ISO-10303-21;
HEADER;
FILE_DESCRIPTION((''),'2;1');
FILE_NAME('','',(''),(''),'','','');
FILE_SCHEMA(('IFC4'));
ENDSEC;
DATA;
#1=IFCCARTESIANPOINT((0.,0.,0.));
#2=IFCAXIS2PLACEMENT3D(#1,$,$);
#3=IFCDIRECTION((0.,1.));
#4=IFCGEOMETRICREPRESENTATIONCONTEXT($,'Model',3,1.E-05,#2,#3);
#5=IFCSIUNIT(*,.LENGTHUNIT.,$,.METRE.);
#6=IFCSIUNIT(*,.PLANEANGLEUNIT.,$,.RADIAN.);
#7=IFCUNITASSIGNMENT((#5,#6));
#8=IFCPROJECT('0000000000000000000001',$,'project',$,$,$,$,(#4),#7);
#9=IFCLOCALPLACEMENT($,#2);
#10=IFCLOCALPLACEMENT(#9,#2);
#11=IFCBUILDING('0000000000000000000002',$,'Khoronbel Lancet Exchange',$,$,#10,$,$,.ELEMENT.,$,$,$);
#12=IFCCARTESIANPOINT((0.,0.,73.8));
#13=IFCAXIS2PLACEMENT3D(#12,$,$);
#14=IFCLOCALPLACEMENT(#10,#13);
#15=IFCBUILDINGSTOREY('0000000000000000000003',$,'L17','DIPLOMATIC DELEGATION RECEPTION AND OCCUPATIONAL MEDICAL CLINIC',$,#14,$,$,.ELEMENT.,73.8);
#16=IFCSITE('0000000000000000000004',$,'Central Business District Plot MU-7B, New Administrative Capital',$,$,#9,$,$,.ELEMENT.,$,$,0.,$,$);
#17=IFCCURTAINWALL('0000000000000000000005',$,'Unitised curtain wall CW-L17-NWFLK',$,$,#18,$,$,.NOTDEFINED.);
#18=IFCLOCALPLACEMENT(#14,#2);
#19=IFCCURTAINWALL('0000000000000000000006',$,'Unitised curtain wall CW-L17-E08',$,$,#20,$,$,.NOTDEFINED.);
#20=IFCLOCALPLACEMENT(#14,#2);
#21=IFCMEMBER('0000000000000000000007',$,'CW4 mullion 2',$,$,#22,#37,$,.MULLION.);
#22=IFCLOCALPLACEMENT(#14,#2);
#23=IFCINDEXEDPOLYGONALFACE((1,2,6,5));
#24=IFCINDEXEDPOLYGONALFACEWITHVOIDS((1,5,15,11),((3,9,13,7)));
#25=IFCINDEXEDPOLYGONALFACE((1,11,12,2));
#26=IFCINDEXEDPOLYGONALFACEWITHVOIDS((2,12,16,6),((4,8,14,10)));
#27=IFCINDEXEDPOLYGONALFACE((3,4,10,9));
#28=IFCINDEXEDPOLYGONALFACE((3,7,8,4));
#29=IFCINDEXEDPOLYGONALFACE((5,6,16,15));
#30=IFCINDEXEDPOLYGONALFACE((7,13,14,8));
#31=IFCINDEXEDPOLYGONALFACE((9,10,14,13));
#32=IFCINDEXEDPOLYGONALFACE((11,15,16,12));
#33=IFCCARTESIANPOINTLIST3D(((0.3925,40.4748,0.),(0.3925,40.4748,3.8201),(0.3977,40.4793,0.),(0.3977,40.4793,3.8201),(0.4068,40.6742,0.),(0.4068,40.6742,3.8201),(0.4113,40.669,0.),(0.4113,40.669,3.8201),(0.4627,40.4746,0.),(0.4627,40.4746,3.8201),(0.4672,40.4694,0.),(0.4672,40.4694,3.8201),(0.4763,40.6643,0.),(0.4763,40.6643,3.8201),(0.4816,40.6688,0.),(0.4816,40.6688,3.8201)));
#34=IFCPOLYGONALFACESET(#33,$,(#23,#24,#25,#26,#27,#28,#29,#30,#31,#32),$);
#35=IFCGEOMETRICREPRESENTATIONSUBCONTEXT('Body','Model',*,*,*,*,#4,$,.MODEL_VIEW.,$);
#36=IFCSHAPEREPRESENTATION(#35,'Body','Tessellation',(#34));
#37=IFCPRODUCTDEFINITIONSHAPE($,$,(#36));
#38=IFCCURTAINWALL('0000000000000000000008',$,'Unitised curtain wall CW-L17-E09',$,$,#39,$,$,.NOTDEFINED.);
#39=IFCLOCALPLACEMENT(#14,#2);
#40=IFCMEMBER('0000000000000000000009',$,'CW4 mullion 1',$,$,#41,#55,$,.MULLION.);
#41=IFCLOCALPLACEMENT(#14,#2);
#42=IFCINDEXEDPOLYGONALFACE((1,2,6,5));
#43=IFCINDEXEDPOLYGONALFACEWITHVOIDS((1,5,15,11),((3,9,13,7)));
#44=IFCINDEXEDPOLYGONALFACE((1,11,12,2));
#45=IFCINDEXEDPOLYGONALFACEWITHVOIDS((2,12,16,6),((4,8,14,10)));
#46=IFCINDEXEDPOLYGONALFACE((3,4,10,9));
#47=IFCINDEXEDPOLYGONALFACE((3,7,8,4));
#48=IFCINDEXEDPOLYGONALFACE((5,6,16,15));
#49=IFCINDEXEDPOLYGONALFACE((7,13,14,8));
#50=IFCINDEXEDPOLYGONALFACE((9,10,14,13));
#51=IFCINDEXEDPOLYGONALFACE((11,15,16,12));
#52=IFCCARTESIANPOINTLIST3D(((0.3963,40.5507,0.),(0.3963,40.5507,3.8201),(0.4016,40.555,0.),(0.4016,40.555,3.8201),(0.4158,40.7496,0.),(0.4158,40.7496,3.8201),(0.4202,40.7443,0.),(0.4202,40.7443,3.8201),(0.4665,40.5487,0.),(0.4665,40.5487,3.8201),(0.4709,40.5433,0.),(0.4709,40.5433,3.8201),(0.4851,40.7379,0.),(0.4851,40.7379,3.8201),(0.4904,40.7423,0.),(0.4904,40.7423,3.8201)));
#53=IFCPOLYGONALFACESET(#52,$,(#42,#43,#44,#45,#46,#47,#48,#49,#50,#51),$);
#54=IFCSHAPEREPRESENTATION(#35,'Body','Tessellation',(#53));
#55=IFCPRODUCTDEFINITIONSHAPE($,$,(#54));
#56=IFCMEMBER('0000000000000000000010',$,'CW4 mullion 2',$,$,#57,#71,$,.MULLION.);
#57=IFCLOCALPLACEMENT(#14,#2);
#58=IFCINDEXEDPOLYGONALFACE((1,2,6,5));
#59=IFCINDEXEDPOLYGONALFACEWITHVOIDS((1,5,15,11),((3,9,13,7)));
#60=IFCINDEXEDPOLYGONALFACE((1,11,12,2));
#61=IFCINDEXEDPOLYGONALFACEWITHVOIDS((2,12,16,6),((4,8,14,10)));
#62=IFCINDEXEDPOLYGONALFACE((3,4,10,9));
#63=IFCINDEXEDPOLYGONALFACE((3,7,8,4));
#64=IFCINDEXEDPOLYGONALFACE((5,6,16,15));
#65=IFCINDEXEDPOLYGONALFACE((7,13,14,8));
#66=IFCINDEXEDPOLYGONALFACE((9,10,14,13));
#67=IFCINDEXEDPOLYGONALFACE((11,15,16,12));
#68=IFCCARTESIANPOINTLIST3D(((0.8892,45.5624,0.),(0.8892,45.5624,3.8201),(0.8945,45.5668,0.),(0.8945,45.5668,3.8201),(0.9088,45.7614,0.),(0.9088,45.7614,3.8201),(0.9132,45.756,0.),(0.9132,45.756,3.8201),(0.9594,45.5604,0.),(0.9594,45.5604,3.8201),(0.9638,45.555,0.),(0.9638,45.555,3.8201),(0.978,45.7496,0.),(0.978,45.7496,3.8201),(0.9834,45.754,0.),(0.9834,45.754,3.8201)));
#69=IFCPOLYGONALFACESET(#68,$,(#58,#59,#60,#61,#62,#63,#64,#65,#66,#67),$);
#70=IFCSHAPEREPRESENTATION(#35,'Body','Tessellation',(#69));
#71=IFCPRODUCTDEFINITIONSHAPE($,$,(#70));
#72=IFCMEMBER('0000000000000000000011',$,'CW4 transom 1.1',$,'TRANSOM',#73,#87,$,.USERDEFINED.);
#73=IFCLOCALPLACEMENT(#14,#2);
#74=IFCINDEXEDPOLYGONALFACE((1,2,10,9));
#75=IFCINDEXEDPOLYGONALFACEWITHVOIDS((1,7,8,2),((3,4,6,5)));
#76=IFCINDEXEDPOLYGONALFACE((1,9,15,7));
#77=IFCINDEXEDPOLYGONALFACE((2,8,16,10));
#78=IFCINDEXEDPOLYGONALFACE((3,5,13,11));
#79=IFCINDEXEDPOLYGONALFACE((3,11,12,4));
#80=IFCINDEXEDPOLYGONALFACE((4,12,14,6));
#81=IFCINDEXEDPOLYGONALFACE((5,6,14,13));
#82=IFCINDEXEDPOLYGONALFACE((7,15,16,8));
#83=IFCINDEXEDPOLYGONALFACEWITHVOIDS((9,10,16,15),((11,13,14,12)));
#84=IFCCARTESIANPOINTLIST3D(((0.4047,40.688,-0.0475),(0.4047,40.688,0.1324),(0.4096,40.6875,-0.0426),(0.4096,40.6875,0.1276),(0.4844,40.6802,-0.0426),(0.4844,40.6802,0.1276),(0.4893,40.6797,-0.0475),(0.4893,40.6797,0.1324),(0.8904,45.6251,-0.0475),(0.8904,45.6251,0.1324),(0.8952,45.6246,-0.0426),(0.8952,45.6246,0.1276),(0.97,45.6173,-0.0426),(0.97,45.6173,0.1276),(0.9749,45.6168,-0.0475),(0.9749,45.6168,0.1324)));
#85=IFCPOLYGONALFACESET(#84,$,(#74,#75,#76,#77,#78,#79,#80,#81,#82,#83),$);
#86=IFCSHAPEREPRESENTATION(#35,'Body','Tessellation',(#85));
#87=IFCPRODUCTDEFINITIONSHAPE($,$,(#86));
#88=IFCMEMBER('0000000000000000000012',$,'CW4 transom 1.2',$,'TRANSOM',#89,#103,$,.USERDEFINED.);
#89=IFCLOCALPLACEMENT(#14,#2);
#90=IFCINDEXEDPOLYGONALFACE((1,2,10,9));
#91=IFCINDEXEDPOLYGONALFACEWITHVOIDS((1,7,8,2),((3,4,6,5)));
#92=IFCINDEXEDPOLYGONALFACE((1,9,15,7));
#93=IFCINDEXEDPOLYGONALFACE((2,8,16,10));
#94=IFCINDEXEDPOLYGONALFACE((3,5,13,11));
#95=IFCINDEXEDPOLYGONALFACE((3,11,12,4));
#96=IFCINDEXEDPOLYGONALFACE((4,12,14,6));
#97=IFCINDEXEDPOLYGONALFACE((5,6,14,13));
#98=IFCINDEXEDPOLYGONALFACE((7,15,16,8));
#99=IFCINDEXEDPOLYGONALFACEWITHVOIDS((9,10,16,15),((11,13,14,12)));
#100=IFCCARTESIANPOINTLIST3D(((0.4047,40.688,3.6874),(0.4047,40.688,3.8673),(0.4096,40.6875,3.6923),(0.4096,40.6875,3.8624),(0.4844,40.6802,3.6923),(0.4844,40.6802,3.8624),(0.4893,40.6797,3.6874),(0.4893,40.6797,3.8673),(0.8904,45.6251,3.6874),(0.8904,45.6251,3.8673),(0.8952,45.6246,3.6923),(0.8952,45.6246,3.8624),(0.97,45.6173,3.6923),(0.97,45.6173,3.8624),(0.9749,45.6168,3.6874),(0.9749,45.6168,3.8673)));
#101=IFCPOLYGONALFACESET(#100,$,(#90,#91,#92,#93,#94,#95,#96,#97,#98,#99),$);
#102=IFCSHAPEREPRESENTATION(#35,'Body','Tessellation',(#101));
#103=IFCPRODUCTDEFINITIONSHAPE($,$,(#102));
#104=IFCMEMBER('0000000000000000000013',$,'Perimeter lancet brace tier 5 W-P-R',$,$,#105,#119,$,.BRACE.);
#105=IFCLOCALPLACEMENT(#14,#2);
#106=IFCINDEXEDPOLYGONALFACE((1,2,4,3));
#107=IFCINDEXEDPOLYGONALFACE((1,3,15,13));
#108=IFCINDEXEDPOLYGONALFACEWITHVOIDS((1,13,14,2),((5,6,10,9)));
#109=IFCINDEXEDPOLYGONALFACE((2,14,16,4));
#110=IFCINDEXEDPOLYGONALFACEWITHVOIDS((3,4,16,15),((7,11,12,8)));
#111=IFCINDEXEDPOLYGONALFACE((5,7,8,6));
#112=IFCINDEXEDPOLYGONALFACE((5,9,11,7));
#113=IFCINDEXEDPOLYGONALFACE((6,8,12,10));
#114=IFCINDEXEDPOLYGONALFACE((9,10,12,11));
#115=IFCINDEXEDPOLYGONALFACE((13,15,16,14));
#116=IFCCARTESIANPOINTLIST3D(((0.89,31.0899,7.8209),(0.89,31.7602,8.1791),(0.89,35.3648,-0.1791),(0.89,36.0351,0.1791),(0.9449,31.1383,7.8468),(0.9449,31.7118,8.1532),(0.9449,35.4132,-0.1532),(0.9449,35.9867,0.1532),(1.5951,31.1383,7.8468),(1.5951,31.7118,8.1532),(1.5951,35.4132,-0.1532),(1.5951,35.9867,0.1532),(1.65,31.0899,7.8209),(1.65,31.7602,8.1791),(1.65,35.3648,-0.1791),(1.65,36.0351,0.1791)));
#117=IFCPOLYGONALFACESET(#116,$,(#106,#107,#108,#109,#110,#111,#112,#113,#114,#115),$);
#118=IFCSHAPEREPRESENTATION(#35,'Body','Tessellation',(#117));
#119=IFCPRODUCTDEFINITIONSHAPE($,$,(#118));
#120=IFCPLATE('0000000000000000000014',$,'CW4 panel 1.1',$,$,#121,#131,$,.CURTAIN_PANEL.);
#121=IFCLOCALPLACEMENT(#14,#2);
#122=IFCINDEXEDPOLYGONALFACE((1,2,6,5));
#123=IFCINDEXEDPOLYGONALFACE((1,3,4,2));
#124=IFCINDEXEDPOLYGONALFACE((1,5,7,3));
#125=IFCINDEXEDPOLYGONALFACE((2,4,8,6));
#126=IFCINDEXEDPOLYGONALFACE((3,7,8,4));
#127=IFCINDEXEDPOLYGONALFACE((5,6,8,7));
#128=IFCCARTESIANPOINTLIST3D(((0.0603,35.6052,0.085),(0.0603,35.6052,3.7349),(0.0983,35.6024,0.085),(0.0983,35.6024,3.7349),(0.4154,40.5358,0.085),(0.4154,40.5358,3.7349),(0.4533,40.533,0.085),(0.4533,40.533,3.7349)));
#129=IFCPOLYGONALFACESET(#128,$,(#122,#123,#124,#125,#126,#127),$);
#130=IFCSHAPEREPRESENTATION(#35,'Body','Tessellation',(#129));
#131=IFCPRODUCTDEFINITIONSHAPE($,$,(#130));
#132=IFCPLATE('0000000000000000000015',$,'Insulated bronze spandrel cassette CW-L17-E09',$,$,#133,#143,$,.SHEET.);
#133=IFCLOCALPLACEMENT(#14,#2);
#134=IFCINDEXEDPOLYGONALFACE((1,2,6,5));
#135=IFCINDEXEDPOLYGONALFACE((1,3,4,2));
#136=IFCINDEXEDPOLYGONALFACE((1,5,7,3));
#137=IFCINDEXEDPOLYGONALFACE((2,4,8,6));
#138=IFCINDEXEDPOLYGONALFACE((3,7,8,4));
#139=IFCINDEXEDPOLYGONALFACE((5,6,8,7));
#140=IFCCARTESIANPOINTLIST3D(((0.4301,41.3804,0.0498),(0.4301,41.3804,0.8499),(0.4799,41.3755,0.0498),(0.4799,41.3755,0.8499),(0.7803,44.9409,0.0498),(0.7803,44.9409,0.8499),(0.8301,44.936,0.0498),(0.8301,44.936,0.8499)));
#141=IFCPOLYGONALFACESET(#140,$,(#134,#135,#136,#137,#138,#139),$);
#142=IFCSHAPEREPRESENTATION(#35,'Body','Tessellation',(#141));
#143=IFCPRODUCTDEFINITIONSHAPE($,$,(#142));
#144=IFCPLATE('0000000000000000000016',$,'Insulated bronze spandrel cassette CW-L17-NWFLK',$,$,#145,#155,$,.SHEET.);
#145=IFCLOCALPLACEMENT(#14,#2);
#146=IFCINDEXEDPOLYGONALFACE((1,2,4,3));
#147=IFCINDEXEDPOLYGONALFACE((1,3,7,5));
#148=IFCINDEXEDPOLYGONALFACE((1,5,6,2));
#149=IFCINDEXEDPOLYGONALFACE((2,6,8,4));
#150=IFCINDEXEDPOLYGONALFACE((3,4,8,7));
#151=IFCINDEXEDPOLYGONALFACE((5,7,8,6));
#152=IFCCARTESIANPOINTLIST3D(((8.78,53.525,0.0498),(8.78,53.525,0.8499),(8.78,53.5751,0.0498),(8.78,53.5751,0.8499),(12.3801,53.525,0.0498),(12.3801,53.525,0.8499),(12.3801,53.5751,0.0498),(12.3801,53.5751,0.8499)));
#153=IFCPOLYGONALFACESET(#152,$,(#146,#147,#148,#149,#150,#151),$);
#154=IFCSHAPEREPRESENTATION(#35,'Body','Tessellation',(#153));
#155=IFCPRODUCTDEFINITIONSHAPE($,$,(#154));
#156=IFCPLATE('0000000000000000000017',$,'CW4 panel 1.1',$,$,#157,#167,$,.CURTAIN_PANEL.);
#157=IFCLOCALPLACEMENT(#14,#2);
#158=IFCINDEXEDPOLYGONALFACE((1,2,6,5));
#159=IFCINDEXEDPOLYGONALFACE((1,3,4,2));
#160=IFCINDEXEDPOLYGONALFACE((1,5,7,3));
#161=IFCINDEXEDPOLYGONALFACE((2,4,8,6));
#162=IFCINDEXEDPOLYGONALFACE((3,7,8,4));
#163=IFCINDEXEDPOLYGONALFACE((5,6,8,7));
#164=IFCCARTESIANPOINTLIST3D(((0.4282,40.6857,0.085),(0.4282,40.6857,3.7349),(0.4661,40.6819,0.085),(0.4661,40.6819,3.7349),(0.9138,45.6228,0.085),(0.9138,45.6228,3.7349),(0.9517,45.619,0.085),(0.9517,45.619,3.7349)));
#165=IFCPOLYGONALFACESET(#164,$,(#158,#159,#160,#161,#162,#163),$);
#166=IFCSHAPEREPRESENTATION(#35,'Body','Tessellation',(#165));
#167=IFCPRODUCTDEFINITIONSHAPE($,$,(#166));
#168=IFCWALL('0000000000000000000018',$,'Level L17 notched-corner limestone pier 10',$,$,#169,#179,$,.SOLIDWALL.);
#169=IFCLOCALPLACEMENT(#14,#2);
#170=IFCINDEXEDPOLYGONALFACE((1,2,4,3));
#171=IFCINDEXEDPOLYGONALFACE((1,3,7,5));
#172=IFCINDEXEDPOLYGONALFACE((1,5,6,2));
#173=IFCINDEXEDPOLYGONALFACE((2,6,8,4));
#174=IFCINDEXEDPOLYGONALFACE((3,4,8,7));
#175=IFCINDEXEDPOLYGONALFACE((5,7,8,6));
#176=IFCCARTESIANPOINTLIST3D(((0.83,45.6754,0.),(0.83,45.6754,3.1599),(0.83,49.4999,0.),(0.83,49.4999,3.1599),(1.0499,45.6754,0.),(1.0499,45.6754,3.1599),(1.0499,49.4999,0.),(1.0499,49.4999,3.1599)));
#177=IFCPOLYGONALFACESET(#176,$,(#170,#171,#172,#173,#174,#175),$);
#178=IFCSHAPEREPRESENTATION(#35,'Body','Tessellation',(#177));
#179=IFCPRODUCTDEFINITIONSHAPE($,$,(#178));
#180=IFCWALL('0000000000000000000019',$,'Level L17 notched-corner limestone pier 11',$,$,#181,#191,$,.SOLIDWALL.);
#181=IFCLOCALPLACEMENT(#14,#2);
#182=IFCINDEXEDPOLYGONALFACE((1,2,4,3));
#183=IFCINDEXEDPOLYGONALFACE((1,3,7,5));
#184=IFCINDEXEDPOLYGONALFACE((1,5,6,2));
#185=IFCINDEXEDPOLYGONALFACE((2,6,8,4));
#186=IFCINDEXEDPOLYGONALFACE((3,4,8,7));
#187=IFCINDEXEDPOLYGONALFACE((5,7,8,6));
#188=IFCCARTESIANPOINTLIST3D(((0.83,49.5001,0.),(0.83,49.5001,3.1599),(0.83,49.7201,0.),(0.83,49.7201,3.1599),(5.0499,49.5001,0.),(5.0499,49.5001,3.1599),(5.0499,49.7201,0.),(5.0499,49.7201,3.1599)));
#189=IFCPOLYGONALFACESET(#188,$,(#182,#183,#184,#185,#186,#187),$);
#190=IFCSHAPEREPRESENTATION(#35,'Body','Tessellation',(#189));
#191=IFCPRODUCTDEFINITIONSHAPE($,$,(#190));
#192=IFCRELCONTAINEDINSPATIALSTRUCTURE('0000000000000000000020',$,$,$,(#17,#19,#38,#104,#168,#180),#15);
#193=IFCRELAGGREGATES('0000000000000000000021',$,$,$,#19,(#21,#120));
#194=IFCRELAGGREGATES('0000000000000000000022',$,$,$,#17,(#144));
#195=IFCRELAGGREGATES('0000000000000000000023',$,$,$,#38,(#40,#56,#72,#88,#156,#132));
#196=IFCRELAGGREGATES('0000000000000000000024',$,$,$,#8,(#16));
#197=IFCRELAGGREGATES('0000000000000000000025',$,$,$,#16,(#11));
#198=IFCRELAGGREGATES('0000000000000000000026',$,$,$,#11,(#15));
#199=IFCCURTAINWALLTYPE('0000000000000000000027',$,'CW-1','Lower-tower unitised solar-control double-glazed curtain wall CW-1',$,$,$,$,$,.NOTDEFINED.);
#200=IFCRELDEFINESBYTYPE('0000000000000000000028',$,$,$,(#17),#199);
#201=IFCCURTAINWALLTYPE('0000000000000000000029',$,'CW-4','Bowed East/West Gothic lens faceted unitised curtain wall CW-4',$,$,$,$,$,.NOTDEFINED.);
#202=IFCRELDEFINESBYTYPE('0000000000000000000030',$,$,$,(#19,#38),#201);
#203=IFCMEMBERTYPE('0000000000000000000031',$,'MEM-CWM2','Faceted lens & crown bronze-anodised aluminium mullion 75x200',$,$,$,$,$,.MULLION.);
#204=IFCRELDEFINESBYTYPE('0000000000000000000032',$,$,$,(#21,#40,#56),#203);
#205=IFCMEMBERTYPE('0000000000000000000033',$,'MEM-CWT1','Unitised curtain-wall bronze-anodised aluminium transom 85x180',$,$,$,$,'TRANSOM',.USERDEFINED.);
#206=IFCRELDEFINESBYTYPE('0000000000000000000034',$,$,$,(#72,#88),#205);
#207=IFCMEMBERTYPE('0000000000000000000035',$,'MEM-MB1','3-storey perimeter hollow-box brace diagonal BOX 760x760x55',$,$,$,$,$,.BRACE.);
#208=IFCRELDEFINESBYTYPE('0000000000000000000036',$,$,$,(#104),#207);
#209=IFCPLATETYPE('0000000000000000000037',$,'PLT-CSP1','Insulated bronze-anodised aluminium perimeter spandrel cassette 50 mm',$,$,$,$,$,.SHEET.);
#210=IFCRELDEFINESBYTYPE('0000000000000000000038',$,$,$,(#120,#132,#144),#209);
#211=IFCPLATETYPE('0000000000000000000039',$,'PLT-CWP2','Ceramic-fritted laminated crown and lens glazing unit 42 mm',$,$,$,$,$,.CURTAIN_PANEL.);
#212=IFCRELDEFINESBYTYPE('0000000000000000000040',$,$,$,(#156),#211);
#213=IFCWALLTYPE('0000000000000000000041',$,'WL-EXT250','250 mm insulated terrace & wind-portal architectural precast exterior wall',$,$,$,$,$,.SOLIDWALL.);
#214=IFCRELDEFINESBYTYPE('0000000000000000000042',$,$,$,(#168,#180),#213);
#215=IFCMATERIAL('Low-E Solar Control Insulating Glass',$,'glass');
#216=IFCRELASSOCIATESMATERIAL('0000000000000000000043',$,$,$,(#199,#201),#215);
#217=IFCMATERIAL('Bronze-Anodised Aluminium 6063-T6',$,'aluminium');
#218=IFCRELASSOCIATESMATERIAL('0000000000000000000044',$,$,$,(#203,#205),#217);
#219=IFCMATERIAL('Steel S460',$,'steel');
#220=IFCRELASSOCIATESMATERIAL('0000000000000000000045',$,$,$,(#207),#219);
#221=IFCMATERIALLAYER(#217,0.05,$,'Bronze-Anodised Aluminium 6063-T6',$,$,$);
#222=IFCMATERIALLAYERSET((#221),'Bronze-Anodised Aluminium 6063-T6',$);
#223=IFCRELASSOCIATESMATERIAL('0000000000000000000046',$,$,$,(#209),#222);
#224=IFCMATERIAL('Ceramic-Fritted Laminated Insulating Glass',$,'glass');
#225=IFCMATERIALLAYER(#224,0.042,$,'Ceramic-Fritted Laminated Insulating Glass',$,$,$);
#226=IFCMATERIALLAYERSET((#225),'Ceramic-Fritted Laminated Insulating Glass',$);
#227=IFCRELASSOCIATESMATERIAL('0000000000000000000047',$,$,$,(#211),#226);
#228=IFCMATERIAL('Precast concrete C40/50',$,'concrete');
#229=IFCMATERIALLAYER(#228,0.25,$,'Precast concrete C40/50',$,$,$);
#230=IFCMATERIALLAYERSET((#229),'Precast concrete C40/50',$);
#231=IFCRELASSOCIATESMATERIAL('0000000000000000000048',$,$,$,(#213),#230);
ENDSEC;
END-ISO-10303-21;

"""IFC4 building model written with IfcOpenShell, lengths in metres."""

from ifc_helpers import new_model, si_unit, direction, frame, frame_2d, origin, origin_2d, place, context, subcontext, project, spatial, rectangle, hollow_rectangle, extrude, material, layer, layer_set, material_profile, profile_set, type_object, element, aggregate, save


model = new_model("IFC4")

# Units and contexts
model_context = context("Model", 3, precision=1e-05, world=origin(), true_north=direction((0.0, 1.0)))
body_context = subcontext(model_context, "Body", "Model", "MODEL_VIEW")
ifc_project = project(units=[si_unit("LENGTHUNIT", "METRE"), si_unit("PLANEANGLEUNIT", "RADIAN")], contexts=[model_context])

# Site, building, storey
site_placement = place(None, origin())
site = spatial("IfcSite", under=ifc_project, at=site_placement, Name="Central Business District Plot MU-7B, New Administrative Capital", CompositionType="ELEMENT", RefElevation=0.0)
building_placement = place(site_placement, origin())
building = spatial("IfcBuilding", under=site, at=building_placement, Name="Khoronbel Lancet Exchange", CompositionType="ELEMENT")
storey_placement = place(building_placement, frame((0.0, 0.0, 73.8)))
storey = spatial("IfcBuildingStorey", under=building, at=storey_placement, Name="L17", Description="DIPLOMATIC DELEGATION RECEPTION AND OCCUPATIONAL MEDICAL CLINIC", CompositionType="ELEMENT", Elevation=73.8)

# Shared definitions
ifc_material_1 = material(Name="Steel S460", Category="steel")

# Curtain walls, member
ifc_material_2 = material(Name="Low-E Solar Control Insulating Glass", Category="glass")
curtain_wall_type_1 = type_object("IfcCurtainWallType", Name="CW-1", Description="Lower-tower unitised solar-control double-glazed curtain wall CW-1", PredefinedType="NOTDEFINED", material=ifc_material_2)
curtain_wall_1_placement = place(storey_placement, origin())
curtain_wall_1 = element("IfcCurtainWall", 1, at=curtain_wall_1_placement, inside=storey, type_object=curtain_wall_type_1, Name="Unitised curtain wall CW-L17-NWFLK", PredefinedType="NOTDEFINED")
ifc_material_3 = material(Name="Bronze-Anodised Aluminium 6063-T6", Category="aluminium")
curtain_wall_type_2 = type_object("IfcCurtainWallType", Name="CW-4", Description="Bowed East/West Gothic lens faceted unitised curtain wall CW-4", PredefinedType="NOTDEFINED", material=ifc_material_2)
curtain_wall_2_placement = place(storey_placement, origin())
curtain_wall_2 = element("IfcCurtainWall", 2, at=curtain_wall_2_placement, inside=storey, type_object=curtain_wall_type_2, Name="Unitised curtain wall CW-L17-E08", PredefinedType="NOTDEFINED")
ifc_material_profile_1 = material_profile(ifc_material_3, hollow_rectangle(XDim=0.075, YDim=0.2, WallThickness=0.0049, at=origin_2d()), Name="ALU MULLION 75x200")
ifc_profile_set_1 = profile_set([ifc_material_profile_1], Name="Bronze-Anodised Aluminium 6063-T6")
member_type_1 = type_object("IfcMemberType", Name="MEM-CWM2", Description="Faceted lens & crown bronze-anodised aluminium mullion 75x200", PredefinedType="MULLION", material=ifc_profile_set_1)
member_1_placement = place(storey_placement, frame((0.437, 40.5718, 0.0), z_axis=(0.0, 0.0, 1.0), x_axis=(-0.997418, 0.071819, 0.0)))
member_1 = element("IfcMember", 3, at=member_1_placement, type_object=member_type_1, Name="CW4 mullion 2", PredefinedType="MULLION", context=body_context, shape_type="SweptSolid", body=[
    extrude(hollow_rectangle(XDim=0.075, YDim=0.2, WallThickness=0.0049, at=origin_2d()), origin(), (0.0, 0.0, 1.0), 3.8201),
])

# Curtain wall, members
curtain_wall_3_placement = place(storey_placement, origin())
curtain_wall_3 = element("IfcCurtainWall", 4, at=curtain_wall_3_placement, inside=storey, type_object=curtain_wall_type_2, Name="Unitised curtain wall CW-L17-E09", PredefinedType="NOTDEFINED")
member_2_placement = place(storey_placement, frame((0.4434, 40.6465, 0.0), z_axis=(0.0, 0.0, 1.0), x_axis=(-0.995198, 0.097886, 0.0)))
member_2 = element("IfcMember", 5, at=member_2_placement, type_object=member_type_1, Name="CW4 mullion 1", PredefinedType="MULLION", context=body_context, shape_type="SweptSolid", body=[
    extrude(hollow_rectangle(XDim=0.075, YDim=0.2, WallThickness=0.0049, at=origin_2d()), origin(), (0.0, 0.0, 1.0), 3.8201),
])
member_3_placement = place(storey_placement, frame((0.9363, 45.6582, 0.0), z_axis=(0.0, 0.0, 1.0), x_axis=(-0.995198, 0.097886, 0.0)))
member_3 = element("IfcMember", 6, at=member_3_placement, type_object=member_type_1, Name="CW4 mullion 2", PredefinedType="MULLION", context=body_context, shape_type="SweptSolid", body=[
    extrude(hollow_rectangle(XDim=0.075, YDim=0.2, WallThickness=0.0049, at=origin_2d()), origin(), (0.0, 0.0, 1.0), 3.8201),
])
ifc_material_profile_2 = material_profile(ifc_material_3, hollow_rectangle(XDim=0.085, YDim=0.1799, WallThickness=0.0049, at=origin_2d()), Name="ALU TRANSOM 85x180")
ifc_profile_set_2 = profile_set([ifc_material_profile_2], Name="Bronze-Anodised Aluminium 6063-T6")
member_type_2 = type_object("IfcMemberType", Name="MEM-CWT1", Description="Unitised curtain-wall bronze-anodised aluminium transom 85x180", ElementType="TRANSOM", PredefinedType="USERDEFINED", material=ifc_profile_set_2)
member_4_placement = place(storey_placement, frame((0.447, 40.6838, 0.0425), z_axis=(0.097886, 0.995198, 0.0), x_axis=(-0.995198, 0.097886, 0.0)))
member_4 = element("IfcMember", 7, at=member_4_placement, type_object=member_type_2, Name="CW4 transom 1.1", ObjectType="TRANSOM", PredefinedType="USERDEFINED", context=body_context, shape_type="SweptSolid", body=[
    extrude(hollow_rectangle(XDim=0.085, YDim=0.1799, WallThickness=0.0049, at=origin_2d()), origin(), (0.0, 0.0, 1.0), 4.9609),
])
member_5_placement = place(storey_placement, frame((0.447, 40.6838, 3.7773), z_axis=(0.097886, 0.995198, 0.0), x_axis=(-0.995198, 0.097886, 0.0)))
member_5 = element("IfcMember", 8, at=member_5_placement, type_object=member_type_2, Name="CW4 transom 1.2", ObjectType="TRANSOM", PredefinedType="USERDEFINED", context=body_context, shape_type="SweptSolid", body=[
    extrude(hollow_rectangle(XDim=0.085, YDim=0.1799, WallThickness=0.0049, at=origin_2d()), origin(), (0.0, 0.0, 1.0), 4.9609),
])

# Member
ifc_material_profile_3 = material_profile(ifc_material_1, hollow_rectangle(XDim=0.76, YDim=0.76, WallThickness=0.0549, at=origin_2d()), Name="BOX 760x760x55")
ifc_profile_set_3 = profile_set([ifc_material_profile_3], Name="Steel S460")
member_type_3 = type_object("IfcMemberType", Name="MEM-MB1", Description="3-storey perimeter hollow-box brace diagonal BOX 760x760x55", PredefinedType="BRACE", material=ifc_profile_set_3)
member_6_placement = place(storey_placement, frame((1.27, 35.7, 0.0), z_axis=(0.0, -0.471295, 0.881976), x_axis=(1.0, 0.0, 0.0)))
element("IfcMember", 9, at=member_6_placement, inside=storey, type_object=member_type_3, Name="Perimeter lancet brace tier 5 W-P-R", PredefinedType="BRACE", context=body_context, shape_type="SweptSolid", body=[
    extrude(hollow_rectangle(XDim=0.76, YDim=0.76, WallThickness=0.0549, at=origin_2d()), origin(), (0.0, 0.0, 1.0), 9.0706),
])

# Plates
ifc_layer_1 = layer(ifc_material_3, 0.05, Name="Bronze-Anodised Aluminium 6063-T6")
ifc_layer_set_1 = layer_set([ifc_layer_1], Name="Bronze-Anodised Aluminium 6063-T6")
plate_type_1 = type_object("IfcPlateType", Name="PLT-CSP1", Description="Insulated bronze-anodised aluminium perimeter spandrel cassette 50 mm", PredefinedType="SHEET", material=ifc_layer_set_1)
plate_1_placement = place(storey_placement, frame((0.2568, 38.0691, 0.085), z_axis=(0.0, 0.0, 1.0), x_axis=(0.071819, 0.997418, 0.0)))
plate_1 = element("IfcPlate", 10, at=plate_1_placement, type_object=plate_type_1, Name="CW4 panel 1.1", PredefinedType="CURTAIN_PANEL", context=body_context, shape_type="SweptSolid", body=[
    extrude(rectangle(XDim=4.9434, YDim=0.0381, at=origin_2d()), origin(), (0.0, 0.0, 1.0), 3.6499),
])
aggregate(curtain_wall_2, [member_1, plate_1])
plate_2_placement = place(storey_placement, frame((0.6301, 43.1582, 0.0498), z_axis=(0.0, 0.0, 1.0), x_axis=(0.097886, 0.995198, 0.0)))
plate_2 = element("IfcPlate", 11, at=plate_2_placement, type_object=plate_type_1, Name="Insulated bronze spandrel cassette CW-L17-E09", PredefinedType="SHEET", context=body_context, shape_type="SweptSolid", body=[
    extrude(rectangle(XDim=3.5776, YDim=0.05, at=origin_2d()), origin(), (0.0, 0.0, 1.0), 0.8),
])
plate_3_placement = place(storey_placement, frame((10.5801, 53.55, 0.0498), z_axis=(0.0, 0.0, 1.0), x_axis=(-1.0, 0.0, 0.0)))
plate_3 = element("IfcPlate", 12, at=plate_3_placement, type_object=plate_type_1, Name="Insulated bronze spandrel cassette CW-L17-NWFLK", PredefinedType="SHEET", context=body_context, shape_type="SweptSolid", body=[
    extrude(rectangle(XDim=3.6001, YDim=0.05, at=origin_2d()), origin(), (0.0, 0.0, 1.0), 0.8),
])
aggregate(curtain_wall_1, [plate_3])
ifc_material_4 = material(Name="Ceramic-Fritted Laminated Insulating Glass", Category="glass")
ifc_layer_2 = layer(ifc_material_4, 0.042, Name="Ceramic-Fritted Laminated Insulating Glass")
ifc_layer_set_2 = layer_set([ifc_layer_2], Name="Ceramic-Fritted Laminated Insulating Glass")
plate_type_2 = type_object("IfcPlateType", Name="PLT-CWP2", Description="Ceramic-fritted laminated crown and lens glazing unit 42 mm", PredefinedType="CURTAIN_PANEL", material=ifc_layer_set_2)
plate_4_placement = place(storey_placement, frame((0.6899, 43.1523, 0.085), z_axis=(0.0, 0.0, 1.0), x_axis=(0.097886, 0.995198, 0.0)))
plate_4 = element("IfcPlate", 13, at=plate_4_placement, type_object=plate_type_2, Name="CW4 panel 1.1", PredefinedType="CURTAIN_PANEL", context=body_context, shape_type="SweptSolid", body=[
    extrude(rectangle(XDim=4.9609, YDim=0.0381, at=origin_2d()), origin(), (0.0, 0.0, 1.0), 3.6499),
])
aggregate(curtain_wall_3, [member_2, member_3, member_4, member_5, plate_4, plate_2])

# Walls
ifc_material_5 = material(Name="Precast concrete C40/50", Category="concrete")
ifc_layer_3 = layer(ifc_material_5, 0.25, Name="Precast concrete C40/50")
ifc_layer_set_3 = layer_set([ifc_layer_3], Name="Precast concrete C40/50")
wall_type_1 = type_object("IfcWallType", Name="WL-EXT250", Description="250 mm insulated terrace & wind-portal architectural precast exterior wall", PredefinedType="SOLIDWALL", material=ifc_layer_set_3)
wall_1_placement = place(storey_placement, frame((0.9399, 45.6755, 0.0), z_axis=(0.0, 0.0, 1.0), x_axis=(0.0, 1.0, 0.0)))
element("IfcWall", 14, at=wall_1_placement, inside=storey, type_object=wall_type_1, Name="Level L17 notched-corner limestone pier 10", PredefinedType="SOLIDWALL", context=body_context, shape_type="SweptSolid", body=[
    extrude(rectangle(XDim=3.8245, YDim=0.22, at=frame_2d((1.9121, 0.0))), origin(), (0.0, 0.0, 1.0), 3.1599),
])
wall_2_placement = place(storey_placement, frame((0.8301, 49.6101, 0.0), z_axis=(0.0, 0.0, 1.0), x_axis=(1.0, 0.0, 0.0)))
element("IfcWall", 15, at=wall_2_placement, inside=storey, type_object=wall_type_1, Name="Level L17 notched-corner limestone pier 11", PredefinedType="SOLIDWALL", context=body_context, shape_type="SweptSolid", body=[
    extrude(rectangle(XDim=4.22, YDim=0.22, at=frame_2d((2.1099, 0.0))), origin(), (0.0, 0.0, 1.0), 3.1599),
])

save(model, "model.ifc")
